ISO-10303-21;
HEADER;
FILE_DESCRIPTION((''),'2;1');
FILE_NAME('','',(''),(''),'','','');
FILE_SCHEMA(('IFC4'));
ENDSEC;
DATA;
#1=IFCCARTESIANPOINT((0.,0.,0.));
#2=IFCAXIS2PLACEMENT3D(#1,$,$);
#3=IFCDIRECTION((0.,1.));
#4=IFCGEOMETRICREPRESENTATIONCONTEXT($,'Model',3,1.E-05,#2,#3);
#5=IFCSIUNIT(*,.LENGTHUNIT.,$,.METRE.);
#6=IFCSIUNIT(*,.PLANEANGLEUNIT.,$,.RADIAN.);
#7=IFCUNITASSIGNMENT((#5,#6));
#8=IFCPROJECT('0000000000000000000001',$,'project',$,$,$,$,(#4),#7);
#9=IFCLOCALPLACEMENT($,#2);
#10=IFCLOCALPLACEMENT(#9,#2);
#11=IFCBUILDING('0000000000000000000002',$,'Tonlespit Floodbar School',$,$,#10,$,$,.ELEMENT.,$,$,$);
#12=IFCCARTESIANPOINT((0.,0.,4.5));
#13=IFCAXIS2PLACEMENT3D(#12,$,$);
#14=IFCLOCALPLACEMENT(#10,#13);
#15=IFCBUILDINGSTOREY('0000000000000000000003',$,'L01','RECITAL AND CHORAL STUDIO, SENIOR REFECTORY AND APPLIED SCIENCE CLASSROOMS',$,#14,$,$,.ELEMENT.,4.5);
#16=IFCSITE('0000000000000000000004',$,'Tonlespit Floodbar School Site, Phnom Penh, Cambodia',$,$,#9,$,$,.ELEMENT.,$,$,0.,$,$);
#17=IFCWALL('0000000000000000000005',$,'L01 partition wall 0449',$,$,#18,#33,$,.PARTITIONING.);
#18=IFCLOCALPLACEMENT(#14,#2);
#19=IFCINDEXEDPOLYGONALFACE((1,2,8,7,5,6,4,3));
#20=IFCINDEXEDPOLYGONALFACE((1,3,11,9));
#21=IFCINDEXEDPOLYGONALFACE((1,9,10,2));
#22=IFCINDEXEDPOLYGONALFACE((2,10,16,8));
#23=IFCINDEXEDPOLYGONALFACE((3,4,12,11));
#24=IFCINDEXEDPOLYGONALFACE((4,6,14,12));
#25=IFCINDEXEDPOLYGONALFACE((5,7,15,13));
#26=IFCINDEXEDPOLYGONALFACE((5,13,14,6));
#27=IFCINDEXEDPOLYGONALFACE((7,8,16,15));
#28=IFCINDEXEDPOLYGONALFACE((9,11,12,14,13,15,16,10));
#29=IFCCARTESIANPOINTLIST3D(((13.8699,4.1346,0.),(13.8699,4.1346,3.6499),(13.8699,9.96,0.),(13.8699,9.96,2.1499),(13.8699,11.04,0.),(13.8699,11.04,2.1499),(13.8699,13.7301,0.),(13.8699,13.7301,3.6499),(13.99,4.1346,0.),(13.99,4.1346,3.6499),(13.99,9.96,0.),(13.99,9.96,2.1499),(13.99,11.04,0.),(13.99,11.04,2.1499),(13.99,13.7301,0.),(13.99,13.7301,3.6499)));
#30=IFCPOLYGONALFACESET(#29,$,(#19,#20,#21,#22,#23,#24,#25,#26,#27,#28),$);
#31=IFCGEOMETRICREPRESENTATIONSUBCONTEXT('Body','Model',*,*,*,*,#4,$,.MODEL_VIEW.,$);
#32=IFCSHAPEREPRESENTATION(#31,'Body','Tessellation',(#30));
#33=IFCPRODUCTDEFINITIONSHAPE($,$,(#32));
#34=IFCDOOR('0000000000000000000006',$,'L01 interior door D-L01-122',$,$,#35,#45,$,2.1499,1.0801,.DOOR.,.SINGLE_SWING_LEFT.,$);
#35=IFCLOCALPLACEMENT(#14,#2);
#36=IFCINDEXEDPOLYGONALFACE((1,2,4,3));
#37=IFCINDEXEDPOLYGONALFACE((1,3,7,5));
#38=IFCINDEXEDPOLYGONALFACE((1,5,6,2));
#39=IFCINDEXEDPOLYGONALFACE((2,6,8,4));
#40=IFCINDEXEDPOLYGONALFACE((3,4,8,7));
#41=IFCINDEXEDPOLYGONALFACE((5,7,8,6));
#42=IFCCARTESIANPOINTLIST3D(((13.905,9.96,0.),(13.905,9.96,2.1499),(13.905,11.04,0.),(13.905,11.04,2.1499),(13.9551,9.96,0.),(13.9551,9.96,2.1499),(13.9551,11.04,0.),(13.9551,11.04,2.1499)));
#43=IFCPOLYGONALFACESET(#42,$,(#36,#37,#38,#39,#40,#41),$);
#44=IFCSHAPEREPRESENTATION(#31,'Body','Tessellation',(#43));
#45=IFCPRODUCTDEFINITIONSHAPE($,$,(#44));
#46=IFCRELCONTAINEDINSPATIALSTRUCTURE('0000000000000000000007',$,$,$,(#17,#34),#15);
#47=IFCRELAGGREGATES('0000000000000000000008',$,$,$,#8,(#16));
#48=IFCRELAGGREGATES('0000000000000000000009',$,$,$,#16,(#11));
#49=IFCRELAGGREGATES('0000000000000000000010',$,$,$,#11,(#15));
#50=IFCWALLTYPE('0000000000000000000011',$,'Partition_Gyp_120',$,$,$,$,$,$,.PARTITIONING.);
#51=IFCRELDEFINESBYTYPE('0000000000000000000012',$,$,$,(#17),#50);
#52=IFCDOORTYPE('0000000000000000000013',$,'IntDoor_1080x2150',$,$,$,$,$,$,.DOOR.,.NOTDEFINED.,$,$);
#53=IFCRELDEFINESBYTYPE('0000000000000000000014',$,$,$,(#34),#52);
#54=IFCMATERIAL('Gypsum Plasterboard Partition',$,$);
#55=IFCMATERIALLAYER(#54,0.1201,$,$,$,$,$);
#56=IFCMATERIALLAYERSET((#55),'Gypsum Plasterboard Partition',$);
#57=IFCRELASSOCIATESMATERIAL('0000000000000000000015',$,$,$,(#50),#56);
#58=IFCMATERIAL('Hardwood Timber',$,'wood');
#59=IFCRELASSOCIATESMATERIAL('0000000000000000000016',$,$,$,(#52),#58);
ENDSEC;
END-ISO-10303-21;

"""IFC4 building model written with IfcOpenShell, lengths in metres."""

from ifc_helpers import new_model, si_unit, direction, frame, frame_2d, origin, place, context, subcontext, project, spatial, rectangle, extrude, material, layer, layer_set, type_object, element, fill, save


model = new_model("IFC4")

# Units and contexts
model_context = context("Model", 3, precision=1e-05, world=origin(), true_north=direction((0.0, 1.0)))
body_context = subcontext(model_context, "Body", "Model", "MODEL_VIEW")
ifc_project = project(units=[si_unit("LENGTHUNIT", "METRE"), si_unit("PLANEANGLEUNIT", "RADIAN")], contexts=[model_context])

# Site, building, storey
site_placement = place(None, origin())
site = spatial("IfcSite", under=ifc_project, at=site_placement, Name="Tonlespit Floodbar School Site, Phnom Penh, Cambodia", CompositionType="ELEMENT", RefElevation=0.0)
building_placement = place(site_placement, origin())
building = spatial("IfcBuilding", under=site, at=building_placement, Name="Tonlespit Floodbar School", CompositionType="ELEMENT")
storey_placement = place(building_placement, frame((0.0, 0.0, 4.5)))
storey = spatial("IfcBuildingStorey", under=building, at=storey_placement, Name="L01", Description="RECITAL AND CHORAL STUDIO, SENIOR REFECTORY AND APPLIED SCIENCE CLASSROOMS", CompositionType="ELEMENT", Elevation=4.5)

# Shared definitions
ifc_material_1 = material(Name="Gypsum Plasterboard Partition")

# Wall, opening, door
ifc_layer_1 = layer(ifc_material_1, 0.1201)
ifc_layer_set_1 = layer_set([ifc_layer_1], Name="Gypsum Plasterboard Partition")
wall_type_1 = type_object("IfcWallType", Name="Partition_Gyp_120", PredefinedType="PARTITIONING", material=ifc_layer_set_1)
wall_1_placement = place(storey_placement, frame((13.9299, 4.1345, 0.0), z_axis=(0.0, 0.0, 1.0), x_axis=(0.0, 1.0, 0.0)))
wall_1 = element("IfcWall", 1, at=wall_1_placement, inside=storey, type_object=wall_type_1, Name="L01 partition wall 0449", PredefinedType="PARTITIONING", context=body_context, shape_type="SweptSolid", body=[
    extrude(rectangle(XDim=9.5955, YDim=0.1201, at=frame_2d((4.7979, 0.0))), origin(), (0.0, 0.0, 1.0), 3.6499),
])
opening_placement = place(wall_1_placement, frame((5.8254, 0.0, 0.0)))
opening = element("IfcOpeningElement", 2, at=opening_placement, cuts=wall_1, PredefinedType="OPENING", context=body_context, shape_type="SweptSolid", body=[
    extrude(rectangle(XDim=1.0801, YDim=2.1499, at=frame_2d((0.54, 1.075))), frame((0.0, 0.0701, 0.0), z_axis=(0.0, -1.0, 0.0), x_axis=(1.0, 0.0, 0.0)), (0.0, 0.0, 1.0), 0.1401),
])
ifc_material_2 = material(Name="Hardwood Timber", Category="wood")
door_type = type_object("IfcDoorType", Name="IntDoor_1080x2150", OperationType="NOTDEFINED", PredefinedType="DOOR", material=ifc_material_2)
door_placement = place(opening_placement, origin())
door = element("IfcDoor", 3, at=door_placement, inside=storey, type_object=door_type, Name="L01 interior door D-L01-122", OperationType="SINGLE_SWING_LEFT", OverallHeight=2.1499, OverallWidth=1.0801, PredefinedType="DOOR", context=body_context, shape_type="SweptSolid", body=[
    extrude(rectangle(XDim=1.0801, YDim=2.1499, at=frame_2d((0.54, 1.075))), frame((0.0, 0.0249, 0.0), z_axis=(0.0, -1.0, 0.0), x_axis=(1.0, 0.0, 0.0)), (0.0, 0.0, 1.0), 0.05),
])
fill(opening, door)

save(model, "model.ifc")
